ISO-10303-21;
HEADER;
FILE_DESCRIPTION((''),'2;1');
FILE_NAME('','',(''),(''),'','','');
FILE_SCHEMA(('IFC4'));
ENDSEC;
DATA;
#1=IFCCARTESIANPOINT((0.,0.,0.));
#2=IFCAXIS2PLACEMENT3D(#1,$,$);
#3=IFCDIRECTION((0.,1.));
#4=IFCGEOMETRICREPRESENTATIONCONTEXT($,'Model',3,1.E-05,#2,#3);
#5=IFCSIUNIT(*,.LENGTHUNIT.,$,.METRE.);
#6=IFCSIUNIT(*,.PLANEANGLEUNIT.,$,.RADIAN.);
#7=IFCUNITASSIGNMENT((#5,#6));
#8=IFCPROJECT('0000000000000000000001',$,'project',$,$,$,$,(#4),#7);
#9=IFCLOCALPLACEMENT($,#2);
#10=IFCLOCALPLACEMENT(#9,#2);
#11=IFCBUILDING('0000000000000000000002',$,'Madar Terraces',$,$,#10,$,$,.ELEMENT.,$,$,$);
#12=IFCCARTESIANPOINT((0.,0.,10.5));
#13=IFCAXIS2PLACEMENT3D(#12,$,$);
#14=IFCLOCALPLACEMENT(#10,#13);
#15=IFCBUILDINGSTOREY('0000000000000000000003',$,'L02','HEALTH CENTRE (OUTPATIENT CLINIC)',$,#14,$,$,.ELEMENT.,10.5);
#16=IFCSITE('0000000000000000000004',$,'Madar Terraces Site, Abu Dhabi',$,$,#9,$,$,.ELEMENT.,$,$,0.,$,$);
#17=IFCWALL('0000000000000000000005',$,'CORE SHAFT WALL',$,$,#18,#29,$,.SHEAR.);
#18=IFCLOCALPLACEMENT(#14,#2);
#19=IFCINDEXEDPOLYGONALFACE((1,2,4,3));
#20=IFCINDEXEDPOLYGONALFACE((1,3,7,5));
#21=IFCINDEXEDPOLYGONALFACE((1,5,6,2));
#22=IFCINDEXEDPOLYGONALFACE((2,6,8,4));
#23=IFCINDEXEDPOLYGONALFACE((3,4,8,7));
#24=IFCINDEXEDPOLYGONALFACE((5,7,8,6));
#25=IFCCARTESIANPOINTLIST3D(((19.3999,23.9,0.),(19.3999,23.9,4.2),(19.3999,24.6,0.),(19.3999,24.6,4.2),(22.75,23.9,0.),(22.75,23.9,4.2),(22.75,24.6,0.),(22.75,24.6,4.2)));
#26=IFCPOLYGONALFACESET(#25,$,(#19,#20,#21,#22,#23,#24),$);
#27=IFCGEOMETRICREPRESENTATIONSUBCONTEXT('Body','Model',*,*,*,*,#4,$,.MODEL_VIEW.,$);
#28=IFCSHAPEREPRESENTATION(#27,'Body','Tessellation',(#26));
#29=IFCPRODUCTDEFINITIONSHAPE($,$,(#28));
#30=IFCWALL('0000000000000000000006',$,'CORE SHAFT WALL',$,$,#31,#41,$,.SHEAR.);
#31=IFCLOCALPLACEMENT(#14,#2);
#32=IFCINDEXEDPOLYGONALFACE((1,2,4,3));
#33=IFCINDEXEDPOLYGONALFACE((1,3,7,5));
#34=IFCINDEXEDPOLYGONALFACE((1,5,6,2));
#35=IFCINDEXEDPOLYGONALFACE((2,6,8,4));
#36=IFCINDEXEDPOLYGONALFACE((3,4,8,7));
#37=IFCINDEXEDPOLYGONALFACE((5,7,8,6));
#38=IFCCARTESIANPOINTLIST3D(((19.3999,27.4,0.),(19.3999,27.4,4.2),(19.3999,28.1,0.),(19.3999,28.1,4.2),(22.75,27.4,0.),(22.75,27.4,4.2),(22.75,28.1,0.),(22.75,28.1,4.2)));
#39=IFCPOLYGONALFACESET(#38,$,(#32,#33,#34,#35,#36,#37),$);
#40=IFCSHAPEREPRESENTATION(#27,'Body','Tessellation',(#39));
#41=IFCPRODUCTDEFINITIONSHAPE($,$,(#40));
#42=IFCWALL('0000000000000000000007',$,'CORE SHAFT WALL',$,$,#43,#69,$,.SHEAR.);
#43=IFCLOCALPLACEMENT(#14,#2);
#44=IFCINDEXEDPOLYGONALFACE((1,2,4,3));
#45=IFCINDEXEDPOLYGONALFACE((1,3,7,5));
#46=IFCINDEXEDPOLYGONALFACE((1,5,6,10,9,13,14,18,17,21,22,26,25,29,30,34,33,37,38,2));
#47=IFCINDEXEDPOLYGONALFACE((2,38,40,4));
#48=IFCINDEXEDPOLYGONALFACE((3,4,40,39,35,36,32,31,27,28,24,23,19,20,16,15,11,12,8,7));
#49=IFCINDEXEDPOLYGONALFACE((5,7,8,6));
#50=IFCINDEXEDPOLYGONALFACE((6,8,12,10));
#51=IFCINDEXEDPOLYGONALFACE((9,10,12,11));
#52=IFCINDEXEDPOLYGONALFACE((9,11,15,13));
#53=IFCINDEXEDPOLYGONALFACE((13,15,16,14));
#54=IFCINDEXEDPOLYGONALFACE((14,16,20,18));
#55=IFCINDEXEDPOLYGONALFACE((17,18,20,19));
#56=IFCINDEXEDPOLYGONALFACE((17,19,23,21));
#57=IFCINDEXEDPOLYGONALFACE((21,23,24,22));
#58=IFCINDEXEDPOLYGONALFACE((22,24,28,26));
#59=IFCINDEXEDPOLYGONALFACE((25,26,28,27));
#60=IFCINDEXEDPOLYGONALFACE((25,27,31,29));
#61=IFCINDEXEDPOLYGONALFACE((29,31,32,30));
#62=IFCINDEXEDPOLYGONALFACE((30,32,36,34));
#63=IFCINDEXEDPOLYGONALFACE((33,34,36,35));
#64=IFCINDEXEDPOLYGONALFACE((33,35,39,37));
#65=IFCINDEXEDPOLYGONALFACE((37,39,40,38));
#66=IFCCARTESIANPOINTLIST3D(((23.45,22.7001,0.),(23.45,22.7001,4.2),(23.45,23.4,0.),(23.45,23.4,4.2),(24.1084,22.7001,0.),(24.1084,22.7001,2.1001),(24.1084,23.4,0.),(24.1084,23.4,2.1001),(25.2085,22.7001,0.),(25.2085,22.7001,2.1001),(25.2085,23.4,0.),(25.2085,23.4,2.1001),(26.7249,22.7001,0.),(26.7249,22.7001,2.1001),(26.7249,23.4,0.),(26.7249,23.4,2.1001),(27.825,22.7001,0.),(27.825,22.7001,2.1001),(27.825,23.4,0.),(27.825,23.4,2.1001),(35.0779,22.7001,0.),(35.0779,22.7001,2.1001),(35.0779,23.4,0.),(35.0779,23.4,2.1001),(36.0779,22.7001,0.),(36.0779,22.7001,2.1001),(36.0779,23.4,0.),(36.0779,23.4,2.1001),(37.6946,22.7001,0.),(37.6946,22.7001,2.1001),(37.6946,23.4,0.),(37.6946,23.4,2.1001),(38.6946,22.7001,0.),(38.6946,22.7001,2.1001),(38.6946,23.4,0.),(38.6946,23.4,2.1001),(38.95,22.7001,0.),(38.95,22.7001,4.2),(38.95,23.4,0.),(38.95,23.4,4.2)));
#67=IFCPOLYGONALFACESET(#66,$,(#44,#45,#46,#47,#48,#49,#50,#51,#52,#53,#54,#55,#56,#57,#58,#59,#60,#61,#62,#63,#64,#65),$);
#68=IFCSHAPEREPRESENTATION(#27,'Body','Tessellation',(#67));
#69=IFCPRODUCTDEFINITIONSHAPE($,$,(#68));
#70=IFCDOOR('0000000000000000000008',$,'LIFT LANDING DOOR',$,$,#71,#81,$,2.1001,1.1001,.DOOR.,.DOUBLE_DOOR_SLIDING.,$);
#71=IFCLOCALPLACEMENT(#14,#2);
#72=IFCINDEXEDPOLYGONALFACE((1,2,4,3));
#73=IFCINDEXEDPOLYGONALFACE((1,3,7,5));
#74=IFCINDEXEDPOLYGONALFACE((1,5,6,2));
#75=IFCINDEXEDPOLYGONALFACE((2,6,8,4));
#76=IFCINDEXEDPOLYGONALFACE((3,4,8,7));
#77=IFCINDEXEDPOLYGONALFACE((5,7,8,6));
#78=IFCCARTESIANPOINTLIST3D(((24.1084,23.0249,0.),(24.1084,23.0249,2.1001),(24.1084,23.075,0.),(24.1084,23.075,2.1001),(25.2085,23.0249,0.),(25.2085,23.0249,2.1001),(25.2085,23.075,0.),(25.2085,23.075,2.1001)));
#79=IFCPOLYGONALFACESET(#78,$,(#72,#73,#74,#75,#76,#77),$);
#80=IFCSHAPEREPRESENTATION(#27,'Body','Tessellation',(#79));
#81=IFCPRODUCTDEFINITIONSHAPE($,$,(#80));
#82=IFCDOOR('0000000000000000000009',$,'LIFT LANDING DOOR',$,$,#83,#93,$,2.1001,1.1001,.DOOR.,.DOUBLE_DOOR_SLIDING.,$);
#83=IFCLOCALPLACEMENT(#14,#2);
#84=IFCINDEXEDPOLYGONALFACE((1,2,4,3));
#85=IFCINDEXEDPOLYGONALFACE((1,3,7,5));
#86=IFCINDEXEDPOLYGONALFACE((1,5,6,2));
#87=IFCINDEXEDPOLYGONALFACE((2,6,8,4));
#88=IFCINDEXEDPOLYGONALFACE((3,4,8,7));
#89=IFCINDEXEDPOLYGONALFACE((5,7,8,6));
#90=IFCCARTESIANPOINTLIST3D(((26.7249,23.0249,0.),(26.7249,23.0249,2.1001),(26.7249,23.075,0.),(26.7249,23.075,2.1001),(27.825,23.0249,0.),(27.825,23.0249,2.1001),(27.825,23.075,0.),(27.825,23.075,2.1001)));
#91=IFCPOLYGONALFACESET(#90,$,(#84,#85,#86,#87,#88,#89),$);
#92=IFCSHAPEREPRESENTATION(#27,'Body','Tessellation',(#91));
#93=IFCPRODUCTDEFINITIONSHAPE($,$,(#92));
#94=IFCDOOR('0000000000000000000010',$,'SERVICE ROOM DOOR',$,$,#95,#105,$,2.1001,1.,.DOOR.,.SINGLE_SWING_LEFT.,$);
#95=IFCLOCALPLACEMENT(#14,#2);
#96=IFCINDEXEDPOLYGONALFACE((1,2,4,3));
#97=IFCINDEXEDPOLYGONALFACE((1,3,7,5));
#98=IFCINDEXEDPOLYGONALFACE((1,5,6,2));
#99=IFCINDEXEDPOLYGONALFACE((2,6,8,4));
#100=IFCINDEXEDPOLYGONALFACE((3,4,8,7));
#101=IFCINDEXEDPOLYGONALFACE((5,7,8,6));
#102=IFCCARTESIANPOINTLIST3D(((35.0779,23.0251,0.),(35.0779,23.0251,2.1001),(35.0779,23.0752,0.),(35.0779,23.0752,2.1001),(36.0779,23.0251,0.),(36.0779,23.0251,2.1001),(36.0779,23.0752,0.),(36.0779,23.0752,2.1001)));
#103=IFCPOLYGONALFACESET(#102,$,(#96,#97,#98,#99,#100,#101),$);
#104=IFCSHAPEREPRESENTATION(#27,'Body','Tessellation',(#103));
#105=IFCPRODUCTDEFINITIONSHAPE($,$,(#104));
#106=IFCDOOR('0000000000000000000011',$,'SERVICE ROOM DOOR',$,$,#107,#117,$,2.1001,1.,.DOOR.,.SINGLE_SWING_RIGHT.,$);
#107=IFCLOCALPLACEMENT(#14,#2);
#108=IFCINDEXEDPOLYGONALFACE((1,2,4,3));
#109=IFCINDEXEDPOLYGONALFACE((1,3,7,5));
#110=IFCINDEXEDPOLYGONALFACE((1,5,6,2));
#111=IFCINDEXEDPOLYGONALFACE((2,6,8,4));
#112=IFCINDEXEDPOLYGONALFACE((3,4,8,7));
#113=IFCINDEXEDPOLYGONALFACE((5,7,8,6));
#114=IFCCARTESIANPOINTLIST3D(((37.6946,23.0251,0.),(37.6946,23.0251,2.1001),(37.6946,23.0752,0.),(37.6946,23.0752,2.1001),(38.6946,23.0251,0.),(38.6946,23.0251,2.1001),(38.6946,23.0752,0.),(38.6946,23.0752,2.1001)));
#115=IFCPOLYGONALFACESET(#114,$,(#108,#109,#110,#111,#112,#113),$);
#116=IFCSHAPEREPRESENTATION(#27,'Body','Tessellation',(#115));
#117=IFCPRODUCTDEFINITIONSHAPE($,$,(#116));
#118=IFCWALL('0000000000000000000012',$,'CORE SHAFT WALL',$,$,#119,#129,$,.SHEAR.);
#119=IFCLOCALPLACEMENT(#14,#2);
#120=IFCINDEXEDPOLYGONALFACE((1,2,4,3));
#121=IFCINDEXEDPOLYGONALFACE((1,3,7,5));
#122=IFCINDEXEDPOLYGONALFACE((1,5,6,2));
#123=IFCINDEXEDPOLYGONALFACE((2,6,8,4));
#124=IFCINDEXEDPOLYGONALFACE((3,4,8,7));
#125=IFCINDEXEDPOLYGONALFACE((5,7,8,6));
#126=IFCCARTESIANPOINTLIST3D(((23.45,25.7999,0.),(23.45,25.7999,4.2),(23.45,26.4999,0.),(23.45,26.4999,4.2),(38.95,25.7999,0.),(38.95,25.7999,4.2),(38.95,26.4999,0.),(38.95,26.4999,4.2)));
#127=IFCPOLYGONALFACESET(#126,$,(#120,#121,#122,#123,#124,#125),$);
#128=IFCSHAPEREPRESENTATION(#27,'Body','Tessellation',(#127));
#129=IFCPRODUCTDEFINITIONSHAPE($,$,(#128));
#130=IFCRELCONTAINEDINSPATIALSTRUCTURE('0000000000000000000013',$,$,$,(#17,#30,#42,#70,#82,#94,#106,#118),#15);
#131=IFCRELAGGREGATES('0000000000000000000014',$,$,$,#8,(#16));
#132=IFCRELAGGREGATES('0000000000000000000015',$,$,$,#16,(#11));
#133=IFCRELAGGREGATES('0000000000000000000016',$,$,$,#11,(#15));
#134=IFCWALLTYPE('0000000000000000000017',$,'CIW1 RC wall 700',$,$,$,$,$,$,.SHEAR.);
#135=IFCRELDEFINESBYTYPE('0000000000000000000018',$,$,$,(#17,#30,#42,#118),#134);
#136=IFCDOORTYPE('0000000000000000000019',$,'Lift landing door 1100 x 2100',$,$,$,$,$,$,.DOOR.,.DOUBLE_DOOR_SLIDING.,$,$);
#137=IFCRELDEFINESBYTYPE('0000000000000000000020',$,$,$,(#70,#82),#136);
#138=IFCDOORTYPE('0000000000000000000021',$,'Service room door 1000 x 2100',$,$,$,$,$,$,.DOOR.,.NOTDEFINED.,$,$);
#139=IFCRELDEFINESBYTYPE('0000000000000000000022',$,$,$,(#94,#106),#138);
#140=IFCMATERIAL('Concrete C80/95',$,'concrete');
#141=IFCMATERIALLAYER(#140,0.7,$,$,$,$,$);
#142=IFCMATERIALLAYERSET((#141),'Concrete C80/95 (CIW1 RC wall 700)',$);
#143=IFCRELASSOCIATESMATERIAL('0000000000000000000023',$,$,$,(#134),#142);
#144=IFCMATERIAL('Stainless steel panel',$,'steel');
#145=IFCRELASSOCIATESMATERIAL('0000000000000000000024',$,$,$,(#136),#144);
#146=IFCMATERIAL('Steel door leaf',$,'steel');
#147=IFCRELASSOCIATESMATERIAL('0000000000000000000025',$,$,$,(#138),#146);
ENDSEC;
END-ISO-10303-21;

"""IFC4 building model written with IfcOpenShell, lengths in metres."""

from ifc_helpers import new_model, si_unit, direction, frame, frame_2d, origin, place, context, subcontext, project, spatial, rectangle, extrude, material, layer, layer_set, type_object, element, fill, save


model = new_model("IFC4")

# Units and contexts
model_context = context("Model", 3, precision=1e-05, world=origin(), true_north=direction((0.0, 1.0)))
body_context = subcontext(model_context, "Body", "Model", "MODEL_VIEW")
ifc_project = project(units=[si_unit("LENGTHUNIT", "METRE"), si_unit("PLANEANGLEUNIT", "RADIAN")], contexts=[model_context])

# Site, building, storey
site_placement = place(None, origin())
site = spatial("IfcSite", under=ifc_project, at=site_placement, Name="Madar Terraces Site, Abu Dhabi", CompositionType="ELEMENT", RefElevation=0.0)
building_placement = place(site_placement, origin())
building = spatial("IfcBuilding", under=site, at=building_placement, Name="Madar Terraces", CompositionType="ELEMENT")
storey_placement = place(building_placement, frame((0.0, 0.0, 10.5)))
storey = spatial("IfcBuildingStorey", under=building, at=storey_placement, Name="L02", Description="HEALTH CENTRE (OUTPATIENT CLINIC)", CompositionType="ELEMENT", Elevation=10.5)

# Walls
ifc_material_1 = material(Name="Concrete C80/95", Category="concrete")
ifc_layer_1 = layer(ifc_material_1, 0.7)
ifc_layer_set_1 = layer_set([ifc_layer_1], Name="Concrete C80/95 (CIW1 RC wall 700)")
wall_type_1 = type_object("IfcWallType", Name="CIW1 RC wall 700", PredefinedType="SHEAR", material=ifc_layer_set_1)
for number, where, z_axis, x_axis, name in (
    (1, (19.3999, 24.25, 0.0), (0.0, 0.0, 1.0), (1.0, 0.0, 0.0), "CORE SHAFT WALL"),
    (2, (19.3999, 27.75, 0.0), (0.0, 0.0, 1.0), (1.0, 0.0, 0.0), "CORE SHAFT WALL"),
):
    element("IfcWall", number, at=place(storey_placement, frame(where, z_axis=z_axis, x_axis=x_axis)), inside=storey, type_object=wall_type_1, Name=name, PredefinedType="SHEAR", context=body_context, shape_type="SweptSolid", body=[
        extrude(rectangle(XDim=3.3501, YDim=0.7, at=frame_2d((1.675, 0.0))), origin(), (0.0, 0.0, 1.0), 4.2),
    ])

# Wall, openings, doors
wall_1_placement = place(storey_placement, frame((23.45, 23.05, 0.0), z_axis=(0.0, 0.0, 1.0), x_axis=(1.0, 0.0, 0.0)))
wall_1 = element("IfcWall", 3, at=wall_1_placement, inside=storey, type_object=wall_type_1, Name="CORE SHAFT WALL", PredefinedType="SHEAR", context=body_context, shape_type="SweptSolid", body=[
    extrude(rectangle(XDim=15.5, YDim=0.7, at=frame_2d((7.75, 0.0))), origin(), (0.0, 0.0, 1.0), 4.2),
])
opening_1_placement = place(wall_1_placement, frame((0.6584, 0.0, 0.0)))
opening_1 = element("IfcOpeningElement", 4, at=opening_1_placement, cuts=wall_1, PredefinedType="OPENING", context=body_context, shape_type="SweptSolid", body=[
    extrude(rectangle(XDim=1.1001, YDim=2.1001, at=frame_2d((0.55, 1.05))), frame((0.0, 0.3599, 0.0), z_axis=(0.0, -1.0, 0.0), x_axis=(1.0, 0.0, 0.0)), (0.0, 0.0, 1.0), 0.72),
])
opening_2_placement = place(wall_1_placement, frame((3.2749, 0.0, 0.0)))
opening_2 = element("IfcOpeningElement", 5, at=opening_2_placement, cuts=wall_1, PredefinedType="OPENING", context=body_context, shape_type="SweptSolid", body=[
    extrude(rectangle(XDim=1.1001, YDim=2.1001, at=frame_2d((0.55, 1.05))), frame((0.0, 0.3599, 0.0), z_axis=(0.0, -1.0, 0.0), x_axis=(1.0, 0.0, 0.0)), (0.0, 0.0, 1.0), 0.72),
])
opening_3_placement = place(wall_1_placement, frame((11.6279, 0.0, 0.0)))
opening_3 = element("IfcOpeningElement", 6, at=opening_3_placement, cuts=wall_1, PredefinedType="OPENING", context=body_context, shape_type="SweptSolid", body=[
    extrude(rectangle(XDim=1.0, YDim=2.1001, at=frame_2d((0.5, 1.05))), frame((0.0, 0.3599, 0.0), z_axis=(0.0, -1.0, 0.0), x_axis=(1.0, 0.0, 0.0)), (0.0, 0.0, 1.0), 0.72),
])
opening_4_placement = place(wall_1_placement, frame((14.2446, 0.0, 0.0)))
opening_4 = element("IfcOpeningElement", 7, at=opening_4_placement, cuts=wall_1, PredefinedType="OPENING", context=body_context, shape_type="SweptSolid", body=[
    extrude(rectangle(XDim=1.0, YDim=2.1001, at=frame_2d((0.5, 1.05))), frame((0.0, 0.3599, 0.0), z_axis=(0.0, -1.0, 0.0), x_axis=(1.0, 0.0, 0.0)), (0.0, 0.0, 1.0), 0.72),
])
ifc_material_2 = material(Name="Stainless steel panel", Category="steel")
door_type_1 = type_object("IfcDoorType", Name="Lift landing door 1100 x 2100", OperationType="DOUBLE_DOOR_SLIDING", PredefinedType="DOOR", material=ifc_material_2)
door_1_placement = place(opening_1_placement, origin())
door_1 = element("IfcDoor", 8, at=door_1_placement, inside=storey, type_object=door_type_1, Name="LIFT LANDING DOOR", OperationType="DOUBLE_DOOR_SLIDING", OverallHeight=2.1001, OverallWidth=1.1001, PredefinedType="DOOR", context=body_context, shape_type="SweptSolid", body=[
    extrude(rectangle(XDim=1.1001, YDim=2.1001, at=frame_2d((0.55, 1.05))), frame((0.0, 0.0249, 0.0), z_axis=(0.0, -1.0, 0.0), x_axis=(1.0, 0.0, 0.0)), (0.0, 0.0, 1.0), 0.05),
])
fill(opening_1, door_1)
door_2_placement = place(opening_2_placement, origin())
door_2 = element("IfcDoor", 9, at=door_2_placement, inside=storey, type_object=door_type_1, Name="LIFT LANDING DOOR", OperationType="DOUBLE_DOOR_SLIDING", OverallHeight=2.1001, OverallWidth=1.1001, PredefinedType="DOOR", context=body_context, shape_type="SweptSolid", body=[
    extrude(rectangle(XDim=1.1001, YDim=2.1001, at=frame_2d((0.55, 1.05))), frame((0.0, 0.0249, 0.0), z_axis=(0.0, -1.0, 0.0), x_axis=(1.0, 0.0, 0.0)), (0.0, 0.0, 1.0), 0.05),
])
fill(opening_2, door_2)
ifc_material_3 = material(Name="Steel door leaf", Category="steel")
door_type_2 = type_object("IfcDoorType", Name="Service room door 1000 x 2100", OperationType="NOTDEFINED", PredefinedType="DOOR", material=ifc_material_3)
door_3_placement = place(opening_3_placement, frame((1.0, 0.0, 0.0), z_axis=(0.0, 0.0, 1.0), x_axis=(-1.0, 0.0, 0.0)))
door_3 = element("IfcDoor", 10, at=door_3_placement, inside=storey, type_object=door_type_2, Name="SERVICE ROOM DOOR", OperationType="SINGLE_SWING_LEFT", OverallHeight=2.1001, OverallWidth=1.0, PredefinedType="DOOR", context=body_context, shape_type="SweptSolid", body=[
    extrude(rectangle(XDim=1.0, YDim=2.1001, at=frame_2d((0.5, 1.05))), frame((0.0, 0.0249, 0.0), z_axis=(0.0, -1.0, 0.0), x_axis=(1.0, 0.0, 0.0)), (0.0, 0.0, 1.0), 0.05),
])
fill(opening_3, door_3)
door_4_placement = place(opening_4_placement, frame((1.0, 0.0, 0.0), z_axis=(0.0, 0.0, 1.0), x_axis=(-1.0, 0.0, 0.0)))
door_4 = element("IfcDoor", 11, at=door_4_placement, inside=storey, type_object=door_type_2, Name="SERVICE ROOM DOOR", OperationType="SINGLE_SWING_RIGHT", OverallHeight=2.1001, OverallWidth=1.0, PredefinedType="DOOR", context=body_context, shape_type="SweptSolid", body=[
    extrude(rectangle(XDim=1.0, YDim=2.1001, at=frame_2d((0.5, 1.05))), frame((0.0, 0.0249, 0.0), z_axis=(0.0, -1.0, 0.0), x_axis=(1.0, 0.0, 0.0)), (0.0, 0.0, 1.0), 0.05),
])
fill(opening_4, door_4)

# Wall
wall_2_placement = place(storey_placement, frame((23.45, 26.1499, 0.0), z_axis=(0.0, 0.0, 1.0), x_axis=(1.0, 0.0, 0.0)))
element("IfcWall", 12, at=wall_2_placement, inside=storey, type_object=wall_type_1, Name="CORE SHAFT WALL", PredefinedType="SHEAR", context=body_context, shape_type="SweptSolid", body=[
    extrude(rectangle(XDim=15.5, YDim=0.7, at=frame_2d((7.75, 0.0))), origin(), (0.0, 0.0, 1.0), 4.2),
])

save(model, "model.ifc")
